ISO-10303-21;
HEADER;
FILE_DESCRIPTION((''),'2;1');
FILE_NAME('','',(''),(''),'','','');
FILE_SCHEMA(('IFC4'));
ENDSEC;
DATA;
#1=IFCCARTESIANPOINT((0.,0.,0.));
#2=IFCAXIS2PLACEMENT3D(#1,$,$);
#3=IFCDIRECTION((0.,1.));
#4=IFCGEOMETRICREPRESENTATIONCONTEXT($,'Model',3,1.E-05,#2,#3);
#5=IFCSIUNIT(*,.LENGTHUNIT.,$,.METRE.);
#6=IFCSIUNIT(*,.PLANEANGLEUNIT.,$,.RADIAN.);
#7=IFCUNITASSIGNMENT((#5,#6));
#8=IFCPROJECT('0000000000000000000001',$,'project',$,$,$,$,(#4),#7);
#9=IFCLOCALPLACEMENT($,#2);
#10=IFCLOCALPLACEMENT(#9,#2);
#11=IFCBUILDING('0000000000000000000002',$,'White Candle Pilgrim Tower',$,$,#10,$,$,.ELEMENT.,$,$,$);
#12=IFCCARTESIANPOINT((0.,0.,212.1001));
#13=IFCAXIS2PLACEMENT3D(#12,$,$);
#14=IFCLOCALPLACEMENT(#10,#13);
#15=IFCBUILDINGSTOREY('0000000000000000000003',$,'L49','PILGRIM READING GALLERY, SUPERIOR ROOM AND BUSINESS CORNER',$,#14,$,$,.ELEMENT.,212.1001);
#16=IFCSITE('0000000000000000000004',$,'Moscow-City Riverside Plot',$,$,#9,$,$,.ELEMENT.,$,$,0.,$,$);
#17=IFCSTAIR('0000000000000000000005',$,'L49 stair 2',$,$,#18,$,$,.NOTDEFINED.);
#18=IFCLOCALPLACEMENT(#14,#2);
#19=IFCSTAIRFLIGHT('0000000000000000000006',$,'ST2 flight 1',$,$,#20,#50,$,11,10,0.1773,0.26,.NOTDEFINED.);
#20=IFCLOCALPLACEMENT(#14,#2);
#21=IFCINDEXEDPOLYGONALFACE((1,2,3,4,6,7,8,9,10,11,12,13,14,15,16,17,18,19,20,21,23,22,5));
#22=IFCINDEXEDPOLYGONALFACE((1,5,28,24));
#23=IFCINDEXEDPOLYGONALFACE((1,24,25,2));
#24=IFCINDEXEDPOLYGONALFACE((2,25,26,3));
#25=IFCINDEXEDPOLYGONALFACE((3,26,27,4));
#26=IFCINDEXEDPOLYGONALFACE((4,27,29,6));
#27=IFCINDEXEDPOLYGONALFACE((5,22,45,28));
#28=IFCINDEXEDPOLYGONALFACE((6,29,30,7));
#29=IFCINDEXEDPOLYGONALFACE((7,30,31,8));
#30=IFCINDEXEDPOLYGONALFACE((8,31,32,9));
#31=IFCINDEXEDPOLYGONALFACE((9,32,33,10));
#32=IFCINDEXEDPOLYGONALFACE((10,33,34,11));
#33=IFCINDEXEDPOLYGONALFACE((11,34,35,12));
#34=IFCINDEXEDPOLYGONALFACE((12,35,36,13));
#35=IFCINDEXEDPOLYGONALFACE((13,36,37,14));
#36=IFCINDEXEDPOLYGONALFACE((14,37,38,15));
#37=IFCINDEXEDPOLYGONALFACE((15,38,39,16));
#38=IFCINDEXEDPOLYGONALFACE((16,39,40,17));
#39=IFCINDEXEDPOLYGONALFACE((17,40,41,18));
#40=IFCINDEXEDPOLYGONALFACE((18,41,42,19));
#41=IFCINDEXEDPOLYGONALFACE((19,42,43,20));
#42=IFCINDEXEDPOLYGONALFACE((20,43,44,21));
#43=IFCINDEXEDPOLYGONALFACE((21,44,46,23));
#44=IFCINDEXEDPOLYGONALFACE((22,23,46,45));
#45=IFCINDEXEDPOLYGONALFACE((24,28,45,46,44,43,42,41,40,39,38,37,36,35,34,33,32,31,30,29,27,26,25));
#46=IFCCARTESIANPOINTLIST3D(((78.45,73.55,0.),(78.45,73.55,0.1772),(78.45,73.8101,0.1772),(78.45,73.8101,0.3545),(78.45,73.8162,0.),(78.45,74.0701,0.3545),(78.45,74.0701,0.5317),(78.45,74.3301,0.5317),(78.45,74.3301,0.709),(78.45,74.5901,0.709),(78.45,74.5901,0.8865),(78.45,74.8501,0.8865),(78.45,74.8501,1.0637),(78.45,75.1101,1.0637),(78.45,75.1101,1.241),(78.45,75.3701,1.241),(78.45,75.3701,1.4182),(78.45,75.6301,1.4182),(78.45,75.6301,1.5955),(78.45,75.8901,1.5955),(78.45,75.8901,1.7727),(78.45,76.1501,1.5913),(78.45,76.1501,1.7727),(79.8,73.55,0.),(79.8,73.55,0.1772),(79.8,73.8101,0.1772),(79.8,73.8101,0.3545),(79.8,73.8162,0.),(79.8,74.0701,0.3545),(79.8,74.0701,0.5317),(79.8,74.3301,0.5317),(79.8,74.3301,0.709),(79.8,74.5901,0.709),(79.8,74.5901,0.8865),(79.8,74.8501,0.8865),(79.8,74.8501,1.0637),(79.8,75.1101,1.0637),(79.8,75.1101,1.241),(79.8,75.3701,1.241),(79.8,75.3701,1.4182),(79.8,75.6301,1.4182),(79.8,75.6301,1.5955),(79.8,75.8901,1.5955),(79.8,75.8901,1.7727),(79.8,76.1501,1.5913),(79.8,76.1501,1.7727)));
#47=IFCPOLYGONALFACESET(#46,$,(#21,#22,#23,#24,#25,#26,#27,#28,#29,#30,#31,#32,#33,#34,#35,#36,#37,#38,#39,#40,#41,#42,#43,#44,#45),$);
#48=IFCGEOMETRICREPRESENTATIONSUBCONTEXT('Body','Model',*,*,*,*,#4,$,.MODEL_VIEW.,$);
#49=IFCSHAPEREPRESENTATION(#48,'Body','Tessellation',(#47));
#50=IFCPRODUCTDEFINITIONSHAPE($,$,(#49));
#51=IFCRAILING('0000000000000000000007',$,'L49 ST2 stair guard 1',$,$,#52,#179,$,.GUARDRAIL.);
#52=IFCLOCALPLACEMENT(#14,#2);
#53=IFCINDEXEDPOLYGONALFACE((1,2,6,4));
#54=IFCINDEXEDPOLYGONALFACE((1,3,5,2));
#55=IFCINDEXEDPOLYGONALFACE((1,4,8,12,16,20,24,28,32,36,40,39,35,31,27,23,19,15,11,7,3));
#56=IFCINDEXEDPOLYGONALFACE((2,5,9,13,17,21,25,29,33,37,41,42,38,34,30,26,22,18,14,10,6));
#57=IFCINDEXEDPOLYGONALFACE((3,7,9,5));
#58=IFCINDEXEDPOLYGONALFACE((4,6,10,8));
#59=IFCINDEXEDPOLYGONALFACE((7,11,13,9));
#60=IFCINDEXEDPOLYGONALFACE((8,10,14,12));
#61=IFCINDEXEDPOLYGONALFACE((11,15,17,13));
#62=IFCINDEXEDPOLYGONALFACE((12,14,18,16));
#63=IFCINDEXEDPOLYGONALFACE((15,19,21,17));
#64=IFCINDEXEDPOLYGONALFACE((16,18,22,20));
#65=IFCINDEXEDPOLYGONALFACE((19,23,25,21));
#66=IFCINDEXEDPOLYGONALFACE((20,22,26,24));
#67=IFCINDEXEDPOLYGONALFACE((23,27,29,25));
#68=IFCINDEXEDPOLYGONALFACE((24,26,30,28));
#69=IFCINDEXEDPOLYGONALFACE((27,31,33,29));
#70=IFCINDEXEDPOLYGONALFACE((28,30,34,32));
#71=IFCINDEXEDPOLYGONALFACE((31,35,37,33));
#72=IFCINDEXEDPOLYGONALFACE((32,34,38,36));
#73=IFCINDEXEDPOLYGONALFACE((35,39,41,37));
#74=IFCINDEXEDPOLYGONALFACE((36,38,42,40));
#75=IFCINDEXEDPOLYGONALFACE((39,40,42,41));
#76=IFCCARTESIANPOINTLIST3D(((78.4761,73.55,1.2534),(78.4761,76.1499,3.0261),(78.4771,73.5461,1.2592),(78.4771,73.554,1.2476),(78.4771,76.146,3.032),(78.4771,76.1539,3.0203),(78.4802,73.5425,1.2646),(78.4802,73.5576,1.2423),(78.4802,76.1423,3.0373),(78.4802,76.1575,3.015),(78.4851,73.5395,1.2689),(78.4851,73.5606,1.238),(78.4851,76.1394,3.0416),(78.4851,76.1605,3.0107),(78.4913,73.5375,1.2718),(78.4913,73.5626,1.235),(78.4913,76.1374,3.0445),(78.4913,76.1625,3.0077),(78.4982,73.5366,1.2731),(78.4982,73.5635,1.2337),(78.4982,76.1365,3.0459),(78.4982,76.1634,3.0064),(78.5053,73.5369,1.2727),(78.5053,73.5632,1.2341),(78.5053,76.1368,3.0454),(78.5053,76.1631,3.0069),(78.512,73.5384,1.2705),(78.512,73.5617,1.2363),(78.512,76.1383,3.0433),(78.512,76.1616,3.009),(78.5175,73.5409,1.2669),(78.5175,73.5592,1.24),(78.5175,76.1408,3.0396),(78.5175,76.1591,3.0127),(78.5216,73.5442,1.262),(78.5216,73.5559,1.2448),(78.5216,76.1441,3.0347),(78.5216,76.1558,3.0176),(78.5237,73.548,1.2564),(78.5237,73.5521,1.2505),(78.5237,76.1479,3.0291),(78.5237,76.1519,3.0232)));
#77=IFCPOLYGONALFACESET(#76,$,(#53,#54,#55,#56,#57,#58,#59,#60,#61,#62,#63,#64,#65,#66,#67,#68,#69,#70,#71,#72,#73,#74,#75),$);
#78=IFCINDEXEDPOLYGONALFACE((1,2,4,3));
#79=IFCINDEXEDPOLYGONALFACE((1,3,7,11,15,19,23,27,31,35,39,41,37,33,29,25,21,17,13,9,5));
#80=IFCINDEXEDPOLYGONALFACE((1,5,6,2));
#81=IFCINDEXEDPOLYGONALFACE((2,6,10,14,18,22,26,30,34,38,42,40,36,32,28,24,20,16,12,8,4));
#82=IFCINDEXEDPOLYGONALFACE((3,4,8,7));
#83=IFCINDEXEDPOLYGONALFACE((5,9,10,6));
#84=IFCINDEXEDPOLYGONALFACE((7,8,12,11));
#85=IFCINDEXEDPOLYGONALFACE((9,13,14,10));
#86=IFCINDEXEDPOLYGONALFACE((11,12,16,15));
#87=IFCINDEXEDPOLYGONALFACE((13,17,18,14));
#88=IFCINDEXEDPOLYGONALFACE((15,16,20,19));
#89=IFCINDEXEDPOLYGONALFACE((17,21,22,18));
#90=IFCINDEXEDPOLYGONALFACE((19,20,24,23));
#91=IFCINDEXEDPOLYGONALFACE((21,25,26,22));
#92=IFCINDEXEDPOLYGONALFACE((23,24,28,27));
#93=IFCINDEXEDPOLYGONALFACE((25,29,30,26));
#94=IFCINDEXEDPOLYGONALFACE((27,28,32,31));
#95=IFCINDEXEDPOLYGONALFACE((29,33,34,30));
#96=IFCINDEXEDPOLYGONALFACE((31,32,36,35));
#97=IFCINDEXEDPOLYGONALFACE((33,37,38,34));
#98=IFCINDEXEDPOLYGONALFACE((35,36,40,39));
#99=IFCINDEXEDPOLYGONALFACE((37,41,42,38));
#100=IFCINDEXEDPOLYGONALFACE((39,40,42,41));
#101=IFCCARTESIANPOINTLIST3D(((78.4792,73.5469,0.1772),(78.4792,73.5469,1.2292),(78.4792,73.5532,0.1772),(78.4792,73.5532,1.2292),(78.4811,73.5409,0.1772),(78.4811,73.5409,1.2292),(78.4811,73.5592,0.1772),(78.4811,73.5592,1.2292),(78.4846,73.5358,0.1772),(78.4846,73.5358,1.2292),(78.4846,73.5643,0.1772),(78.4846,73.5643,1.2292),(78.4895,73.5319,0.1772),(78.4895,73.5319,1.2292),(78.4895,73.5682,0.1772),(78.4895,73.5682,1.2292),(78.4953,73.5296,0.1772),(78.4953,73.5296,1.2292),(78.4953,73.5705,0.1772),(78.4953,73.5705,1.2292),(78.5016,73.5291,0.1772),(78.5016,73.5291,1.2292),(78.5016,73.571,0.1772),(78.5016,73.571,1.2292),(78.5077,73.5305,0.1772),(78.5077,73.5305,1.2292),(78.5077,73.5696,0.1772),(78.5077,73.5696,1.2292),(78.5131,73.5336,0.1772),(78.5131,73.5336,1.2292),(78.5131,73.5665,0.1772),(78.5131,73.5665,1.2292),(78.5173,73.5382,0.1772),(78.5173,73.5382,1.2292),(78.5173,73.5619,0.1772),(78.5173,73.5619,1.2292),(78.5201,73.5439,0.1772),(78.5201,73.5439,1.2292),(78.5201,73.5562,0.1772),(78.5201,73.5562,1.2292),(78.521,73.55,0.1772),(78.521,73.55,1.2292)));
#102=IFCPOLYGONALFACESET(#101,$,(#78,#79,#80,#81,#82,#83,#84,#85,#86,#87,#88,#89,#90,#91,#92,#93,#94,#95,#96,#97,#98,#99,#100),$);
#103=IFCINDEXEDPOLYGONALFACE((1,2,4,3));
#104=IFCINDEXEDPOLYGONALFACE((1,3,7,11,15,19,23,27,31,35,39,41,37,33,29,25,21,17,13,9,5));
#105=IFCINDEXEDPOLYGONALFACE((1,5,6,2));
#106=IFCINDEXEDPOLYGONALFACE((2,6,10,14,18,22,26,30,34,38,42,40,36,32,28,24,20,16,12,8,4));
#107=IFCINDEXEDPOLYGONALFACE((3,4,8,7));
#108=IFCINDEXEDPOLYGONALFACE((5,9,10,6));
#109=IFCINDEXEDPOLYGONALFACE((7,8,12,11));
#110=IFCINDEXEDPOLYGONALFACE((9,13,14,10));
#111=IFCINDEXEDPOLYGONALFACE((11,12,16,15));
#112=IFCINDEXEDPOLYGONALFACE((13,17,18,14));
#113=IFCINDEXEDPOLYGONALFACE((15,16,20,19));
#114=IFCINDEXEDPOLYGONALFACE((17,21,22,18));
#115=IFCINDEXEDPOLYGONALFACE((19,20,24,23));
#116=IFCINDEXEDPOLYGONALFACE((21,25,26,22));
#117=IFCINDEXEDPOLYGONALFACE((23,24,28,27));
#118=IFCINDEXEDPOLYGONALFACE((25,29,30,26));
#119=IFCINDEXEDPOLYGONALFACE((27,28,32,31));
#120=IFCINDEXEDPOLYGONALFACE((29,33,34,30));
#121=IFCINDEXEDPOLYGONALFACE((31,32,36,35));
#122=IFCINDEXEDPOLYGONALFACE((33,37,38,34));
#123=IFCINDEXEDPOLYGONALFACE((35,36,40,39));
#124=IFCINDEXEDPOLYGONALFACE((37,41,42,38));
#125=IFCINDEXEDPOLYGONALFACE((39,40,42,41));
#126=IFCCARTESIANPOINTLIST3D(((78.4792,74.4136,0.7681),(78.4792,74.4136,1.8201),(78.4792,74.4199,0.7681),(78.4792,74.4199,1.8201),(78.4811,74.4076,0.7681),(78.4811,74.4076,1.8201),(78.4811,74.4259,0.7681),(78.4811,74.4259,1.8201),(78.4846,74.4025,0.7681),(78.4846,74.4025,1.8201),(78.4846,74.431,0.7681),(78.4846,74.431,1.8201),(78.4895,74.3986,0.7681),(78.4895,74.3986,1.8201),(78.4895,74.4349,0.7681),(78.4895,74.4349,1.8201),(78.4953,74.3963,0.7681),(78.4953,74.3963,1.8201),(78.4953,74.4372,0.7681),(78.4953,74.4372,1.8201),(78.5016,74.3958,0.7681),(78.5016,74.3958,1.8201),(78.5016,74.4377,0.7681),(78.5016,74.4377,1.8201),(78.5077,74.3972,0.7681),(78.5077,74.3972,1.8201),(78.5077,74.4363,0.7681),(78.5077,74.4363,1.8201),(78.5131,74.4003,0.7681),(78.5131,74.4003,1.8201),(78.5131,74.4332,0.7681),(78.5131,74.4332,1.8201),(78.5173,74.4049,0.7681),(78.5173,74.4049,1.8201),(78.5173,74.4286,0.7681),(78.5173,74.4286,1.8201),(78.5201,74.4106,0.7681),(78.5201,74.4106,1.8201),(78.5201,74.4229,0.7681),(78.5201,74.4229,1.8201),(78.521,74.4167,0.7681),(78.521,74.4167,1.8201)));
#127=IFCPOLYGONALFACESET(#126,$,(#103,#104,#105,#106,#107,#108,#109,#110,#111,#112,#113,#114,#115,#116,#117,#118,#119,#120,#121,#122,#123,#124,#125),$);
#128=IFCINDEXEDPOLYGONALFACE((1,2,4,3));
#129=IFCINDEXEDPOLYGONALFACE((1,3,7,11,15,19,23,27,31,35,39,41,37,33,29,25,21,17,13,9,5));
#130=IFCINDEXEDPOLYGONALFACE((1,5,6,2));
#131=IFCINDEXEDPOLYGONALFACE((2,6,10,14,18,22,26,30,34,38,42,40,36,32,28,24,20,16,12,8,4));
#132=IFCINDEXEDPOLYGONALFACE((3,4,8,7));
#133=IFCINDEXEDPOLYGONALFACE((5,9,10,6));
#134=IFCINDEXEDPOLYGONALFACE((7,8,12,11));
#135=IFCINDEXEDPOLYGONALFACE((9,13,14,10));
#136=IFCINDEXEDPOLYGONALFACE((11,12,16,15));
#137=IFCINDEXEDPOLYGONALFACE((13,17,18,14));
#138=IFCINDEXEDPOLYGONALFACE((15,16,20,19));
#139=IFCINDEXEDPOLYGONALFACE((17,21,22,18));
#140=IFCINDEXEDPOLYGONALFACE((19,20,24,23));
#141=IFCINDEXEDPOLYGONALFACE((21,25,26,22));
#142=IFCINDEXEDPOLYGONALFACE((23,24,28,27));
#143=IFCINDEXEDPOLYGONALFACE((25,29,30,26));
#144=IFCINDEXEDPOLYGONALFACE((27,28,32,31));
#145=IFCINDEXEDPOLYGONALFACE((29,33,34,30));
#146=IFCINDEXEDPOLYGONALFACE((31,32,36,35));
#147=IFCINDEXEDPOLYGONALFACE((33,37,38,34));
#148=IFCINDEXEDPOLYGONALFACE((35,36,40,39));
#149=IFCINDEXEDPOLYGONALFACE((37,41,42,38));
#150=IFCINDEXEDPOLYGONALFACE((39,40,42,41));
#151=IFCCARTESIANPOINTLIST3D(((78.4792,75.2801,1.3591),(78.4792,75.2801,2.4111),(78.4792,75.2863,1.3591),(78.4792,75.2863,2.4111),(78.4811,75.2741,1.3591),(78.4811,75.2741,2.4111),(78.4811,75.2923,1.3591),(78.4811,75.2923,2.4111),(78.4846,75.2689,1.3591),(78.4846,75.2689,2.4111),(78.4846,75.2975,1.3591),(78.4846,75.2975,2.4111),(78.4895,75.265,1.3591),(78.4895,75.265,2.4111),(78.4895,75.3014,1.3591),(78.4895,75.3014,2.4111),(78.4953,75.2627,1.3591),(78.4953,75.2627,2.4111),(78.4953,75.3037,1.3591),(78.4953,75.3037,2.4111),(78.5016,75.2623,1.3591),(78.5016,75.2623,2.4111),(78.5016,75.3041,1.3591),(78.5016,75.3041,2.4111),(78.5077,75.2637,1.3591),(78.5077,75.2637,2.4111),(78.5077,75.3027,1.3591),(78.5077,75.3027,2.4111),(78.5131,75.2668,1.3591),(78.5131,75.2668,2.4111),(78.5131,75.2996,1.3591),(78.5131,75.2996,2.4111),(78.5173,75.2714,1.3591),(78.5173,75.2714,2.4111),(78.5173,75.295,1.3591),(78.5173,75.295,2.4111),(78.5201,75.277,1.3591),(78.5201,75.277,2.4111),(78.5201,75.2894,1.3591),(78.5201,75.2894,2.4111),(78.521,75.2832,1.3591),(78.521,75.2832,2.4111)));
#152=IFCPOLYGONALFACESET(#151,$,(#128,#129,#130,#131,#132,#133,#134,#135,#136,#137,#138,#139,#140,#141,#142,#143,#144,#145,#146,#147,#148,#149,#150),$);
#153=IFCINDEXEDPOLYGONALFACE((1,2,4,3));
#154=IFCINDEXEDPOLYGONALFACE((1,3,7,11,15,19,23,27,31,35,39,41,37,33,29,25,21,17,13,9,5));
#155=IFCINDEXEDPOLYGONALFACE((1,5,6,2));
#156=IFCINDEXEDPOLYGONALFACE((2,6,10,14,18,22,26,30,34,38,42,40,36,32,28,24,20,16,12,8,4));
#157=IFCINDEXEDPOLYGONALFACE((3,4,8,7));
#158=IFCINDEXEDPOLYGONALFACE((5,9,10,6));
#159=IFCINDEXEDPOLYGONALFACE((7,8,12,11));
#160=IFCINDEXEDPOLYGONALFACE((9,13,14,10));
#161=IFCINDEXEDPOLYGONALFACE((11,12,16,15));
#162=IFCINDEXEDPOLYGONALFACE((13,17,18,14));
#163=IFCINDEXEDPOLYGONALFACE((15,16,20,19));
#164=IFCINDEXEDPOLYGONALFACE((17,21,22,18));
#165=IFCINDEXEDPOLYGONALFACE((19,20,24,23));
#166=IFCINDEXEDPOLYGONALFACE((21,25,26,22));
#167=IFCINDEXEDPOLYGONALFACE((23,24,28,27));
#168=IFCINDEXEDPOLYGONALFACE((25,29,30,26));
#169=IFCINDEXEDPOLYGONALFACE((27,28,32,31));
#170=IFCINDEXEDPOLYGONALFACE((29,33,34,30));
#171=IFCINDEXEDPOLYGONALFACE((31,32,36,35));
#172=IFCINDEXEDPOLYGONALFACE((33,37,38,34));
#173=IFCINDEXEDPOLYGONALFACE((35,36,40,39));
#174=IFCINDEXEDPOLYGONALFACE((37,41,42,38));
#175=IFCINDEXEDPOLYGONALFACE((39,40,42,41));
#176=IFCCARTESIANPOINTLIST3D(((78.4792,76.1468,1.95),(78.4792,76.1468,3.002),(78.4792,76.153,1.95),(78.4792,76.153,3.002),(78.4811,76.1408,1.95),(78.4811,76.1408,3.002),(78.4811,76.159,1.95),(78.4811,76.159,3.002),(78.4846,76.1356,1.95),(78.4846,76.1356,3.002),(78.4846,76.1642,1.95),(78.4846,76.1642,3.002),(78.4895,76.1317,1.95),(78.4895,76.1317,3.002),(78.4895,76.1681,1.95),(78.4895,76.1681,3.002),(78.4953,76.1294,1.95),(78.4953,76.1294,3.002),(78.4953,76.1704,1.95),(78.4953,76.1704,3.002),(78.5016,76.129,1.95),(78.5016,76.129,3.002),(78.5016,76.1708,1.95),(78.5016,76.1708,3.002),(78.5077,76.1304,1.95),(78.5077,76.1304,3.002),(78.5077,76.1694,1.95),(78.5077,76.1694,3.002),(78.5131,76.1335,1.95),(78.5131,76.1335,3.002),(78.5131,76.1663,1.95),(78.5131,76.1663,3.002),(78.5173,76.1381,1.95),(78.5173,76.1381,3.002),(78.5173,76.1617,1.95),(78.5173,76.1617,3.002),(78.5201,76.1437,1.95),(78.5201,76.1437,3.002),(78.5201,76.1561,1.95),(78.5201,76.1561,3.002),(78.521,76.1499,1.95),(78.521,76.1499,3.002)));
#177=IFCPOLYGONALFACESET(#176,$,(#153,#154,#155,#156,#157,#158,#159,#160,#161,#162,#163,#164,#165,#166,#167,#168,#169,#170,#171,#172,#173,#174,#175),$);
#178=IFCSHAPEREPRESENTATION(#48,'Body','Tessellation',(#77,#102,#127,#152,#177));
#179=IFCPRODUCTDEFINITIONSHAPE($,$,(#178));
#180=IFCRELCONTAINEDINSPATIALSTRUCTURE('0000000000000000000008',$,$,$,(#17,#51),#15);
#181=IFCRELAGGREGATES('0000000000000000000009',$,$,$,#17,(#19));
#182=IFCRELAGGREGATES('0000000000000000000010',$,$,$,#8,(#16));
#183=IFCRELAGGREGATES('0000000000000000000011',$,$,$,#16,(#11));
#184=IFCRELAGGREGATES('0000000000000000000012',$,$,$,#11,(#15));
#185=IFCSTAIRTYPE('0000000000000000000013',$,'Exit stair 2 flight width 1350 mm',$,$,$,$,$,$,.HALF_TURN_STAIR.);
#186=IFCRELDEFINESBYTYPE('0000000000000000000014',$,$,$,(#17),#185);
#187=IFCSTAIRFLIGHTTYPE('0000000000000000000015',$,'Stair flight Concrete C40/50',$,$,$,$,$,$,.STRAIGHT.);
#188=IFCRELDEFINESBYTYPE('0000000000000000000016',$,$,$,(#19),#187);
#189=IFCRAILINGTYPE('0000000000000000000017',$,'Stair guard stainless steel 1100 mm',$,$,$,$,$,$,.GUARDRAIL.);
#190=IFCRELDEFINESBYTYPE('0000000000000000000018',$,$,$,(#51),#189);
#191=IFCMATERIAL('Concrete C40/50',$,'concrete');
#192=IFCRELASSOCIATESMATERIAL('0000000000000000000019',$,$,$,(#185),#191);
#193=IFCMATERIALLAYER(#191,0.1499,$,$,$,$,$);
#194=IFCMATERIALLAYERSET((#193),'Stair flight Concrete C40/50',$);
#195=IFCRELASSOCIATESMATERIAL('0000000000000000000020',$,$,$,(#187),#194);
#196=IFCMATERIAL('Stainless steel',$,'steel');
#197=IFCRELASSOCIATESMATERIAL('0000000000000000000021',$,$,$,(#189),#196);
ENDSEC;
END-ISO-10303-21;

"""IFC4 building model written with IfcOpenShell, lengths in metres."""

from ifc_helpers import new_model, si_unit, direction, frame, origin, origin_2d, place, context, subcontext, project, spatial, polyline, circle, outline, extrude, material, layer, layer_set, type_object, element, aggregate, save


model = new_model("IFC4")

# Units and contexts
model_context = context("Model", 3, precision=1e-05, world=origin(), true_north=direction((0.0, 1.0)))
body_context = subcontext(model_context, "Body", "Model", "MODEL_VIEW")
ifc_project = project(units=[si_unit("LENGTHUNIT", "METRE"), si_unit("PLANEANGLEUNIT", "RADIAN")], contexts=[model_context])

# Site, building, storey
site_placement = place(None, origin())
site = spatial("IfcSite", under=ifc_project, at=site_placement, Name="Moscow-City Riverside Plot", CompositionType="ELEMENT", RefElevation=0.0)
building_placement = place(site_placement, origin())
building = spatial("IfcBuilding", under=site, at=building_placement, Name="White Candle Pilgrim Tower", CompositionType="ELEMENT")
storey_placement = place(building_placement, frame((0.0, 0.0, 212.1001)))
storey = spatial("IfcBuildingStorey", under=building, at=storey_placement, Name="L49", Description="PILGRIM READING GALLERY, SUPERIOR ROOM AND BUSINESS CORNER", CompositionType="ELEMENT", Elevation=212.1001)

# Stair, stair flight
ifc_material_1 = material(Name="Concrete C40/50", Category="concrete")
stair_type = type_object("IfcStairType", Name="Exit stair 2 flight width 1350 mm", PredefinedType="HALF_TURN_STAIR", material=ifc_material_1)
stair_placement = place(storey_placement, origin())
stair = element("IfcStair", 1, at=stair_placement, inside=storey, type_object=stair_type, Name="L49 stair 2", PredefinedType="NOTDEFINED")
ifc_layer_1 = layer(ifc_material_1, 0.1499)
ifc_layer_set_1 = layer_set([ifc_layer_1], Name="Stair flight Concrete C40/50")
stair_flight_type = type_object("IfcStairFlightType", Name="Stair flight Concrete C40/50", PredefinedType="STRAIGHT", material=ifc_layer_set_1)
stair_flight_placement = place(storey_placement, frame((79.125, 73.55, 0.0), z_axis=(0.0, 0.0, 1.0), x_axis=(0.0, 1.0, 0.0)))
stair_flight = element("IfcStairFlight", 2, at=stair_flight_placement, type_object=stair_flight_type, Name="ST2 flight 1", NumberOfRisers=11, NumberOfTreads=10, PredefinedType="NOTDEFINED", RiserHeight=0.1773, TreadLength=0.26, context=body_context, shape_type="SweptSolid", body=[
    extrude(outline(polyline([(0.0, 0.0), (0.0, 0.1772), (0.26, 0.1772), (0.26, 0.3545), (0.52, 0.3545), (0.52, 0.5317), (0.78, 0.5317), (0.78, 0.709), (1.04, 0.709), (1.04, 0.8865), (1.3, 0.8865), (1.3, 1.0637), (1.5601, 1.0637), (1.5601, 1.241), (1.8201, 1.241), (1.8201, 1.4182), (2.0801, 1.4182), (2.0801, 1.5955), (2.3401, 1.5955), (2.3401, 1.7727), (2.6001, 1.7727), (2.6001, 1.95), (2.6001, 1.5913), (0.2661, 0.0), (0.0, 0.0)])), frame((0.0, 0.675, 0.0), z_axis=(0.0, -1.0, 0.0), x_axis=(1.0, 0.0, 0.0)), (0.0, 0.0, 1.0), 1.3501),
])
aggregate(stair, [stair_flight])

# Railing
ifc_material_2 = material(Name="Stainless steel", Category="steel")
railing_type_1 = type_object("IfcRailingType", Name="Stair guard stainless steel 1100 mm", PredefinedType="GUARDRAIL", material=ifc_material_2)
railing_1_placement = place(storey_placement, frame((78.5, 73.55, 0.1772)))
element("IfcRailing", 3, at=railing_1_placement, inside=storey, type_object=railing_type_1, Name="L49 ST2 stair guard 1", PredefinedType="GUARDRAIL", context=body_context, shape_type="SweptSolid", body=[
    extrude(circle(Radius=0.0239, at=origin_2d()), frame((0.0, 0.0, 1.0762), z_axis=(0.0, 0.826216, 0.563354), x_axis=(-1.0, 0.0, 0.0)), (0.0, 0.0, 1.0), 3.1467),
    extrude(circle(Radius=0.021, at=origin_2d()), origin(), (0.0, 0.0, 1.0), 1.052),
    extrude(circle(Radius=0.021, at=origin_2d()), frame((0.0, 0.8667, 0.5908)), (0.0, 0.0, 1.0), 1.052),
    extrude(circle(Radius=0.021, at=origin_2d()), frame((0.0, 1.7332, 1.1819)), (0.0, 0.0, 1.0), 1.052),
    extrude(circle(Radius=0.021, at=origin_2d()), frame((0.0, 2.5999, 1.7727)), (0.0, 0.0, 1.0), 1.052),
])

save(model, "model.ifc")
